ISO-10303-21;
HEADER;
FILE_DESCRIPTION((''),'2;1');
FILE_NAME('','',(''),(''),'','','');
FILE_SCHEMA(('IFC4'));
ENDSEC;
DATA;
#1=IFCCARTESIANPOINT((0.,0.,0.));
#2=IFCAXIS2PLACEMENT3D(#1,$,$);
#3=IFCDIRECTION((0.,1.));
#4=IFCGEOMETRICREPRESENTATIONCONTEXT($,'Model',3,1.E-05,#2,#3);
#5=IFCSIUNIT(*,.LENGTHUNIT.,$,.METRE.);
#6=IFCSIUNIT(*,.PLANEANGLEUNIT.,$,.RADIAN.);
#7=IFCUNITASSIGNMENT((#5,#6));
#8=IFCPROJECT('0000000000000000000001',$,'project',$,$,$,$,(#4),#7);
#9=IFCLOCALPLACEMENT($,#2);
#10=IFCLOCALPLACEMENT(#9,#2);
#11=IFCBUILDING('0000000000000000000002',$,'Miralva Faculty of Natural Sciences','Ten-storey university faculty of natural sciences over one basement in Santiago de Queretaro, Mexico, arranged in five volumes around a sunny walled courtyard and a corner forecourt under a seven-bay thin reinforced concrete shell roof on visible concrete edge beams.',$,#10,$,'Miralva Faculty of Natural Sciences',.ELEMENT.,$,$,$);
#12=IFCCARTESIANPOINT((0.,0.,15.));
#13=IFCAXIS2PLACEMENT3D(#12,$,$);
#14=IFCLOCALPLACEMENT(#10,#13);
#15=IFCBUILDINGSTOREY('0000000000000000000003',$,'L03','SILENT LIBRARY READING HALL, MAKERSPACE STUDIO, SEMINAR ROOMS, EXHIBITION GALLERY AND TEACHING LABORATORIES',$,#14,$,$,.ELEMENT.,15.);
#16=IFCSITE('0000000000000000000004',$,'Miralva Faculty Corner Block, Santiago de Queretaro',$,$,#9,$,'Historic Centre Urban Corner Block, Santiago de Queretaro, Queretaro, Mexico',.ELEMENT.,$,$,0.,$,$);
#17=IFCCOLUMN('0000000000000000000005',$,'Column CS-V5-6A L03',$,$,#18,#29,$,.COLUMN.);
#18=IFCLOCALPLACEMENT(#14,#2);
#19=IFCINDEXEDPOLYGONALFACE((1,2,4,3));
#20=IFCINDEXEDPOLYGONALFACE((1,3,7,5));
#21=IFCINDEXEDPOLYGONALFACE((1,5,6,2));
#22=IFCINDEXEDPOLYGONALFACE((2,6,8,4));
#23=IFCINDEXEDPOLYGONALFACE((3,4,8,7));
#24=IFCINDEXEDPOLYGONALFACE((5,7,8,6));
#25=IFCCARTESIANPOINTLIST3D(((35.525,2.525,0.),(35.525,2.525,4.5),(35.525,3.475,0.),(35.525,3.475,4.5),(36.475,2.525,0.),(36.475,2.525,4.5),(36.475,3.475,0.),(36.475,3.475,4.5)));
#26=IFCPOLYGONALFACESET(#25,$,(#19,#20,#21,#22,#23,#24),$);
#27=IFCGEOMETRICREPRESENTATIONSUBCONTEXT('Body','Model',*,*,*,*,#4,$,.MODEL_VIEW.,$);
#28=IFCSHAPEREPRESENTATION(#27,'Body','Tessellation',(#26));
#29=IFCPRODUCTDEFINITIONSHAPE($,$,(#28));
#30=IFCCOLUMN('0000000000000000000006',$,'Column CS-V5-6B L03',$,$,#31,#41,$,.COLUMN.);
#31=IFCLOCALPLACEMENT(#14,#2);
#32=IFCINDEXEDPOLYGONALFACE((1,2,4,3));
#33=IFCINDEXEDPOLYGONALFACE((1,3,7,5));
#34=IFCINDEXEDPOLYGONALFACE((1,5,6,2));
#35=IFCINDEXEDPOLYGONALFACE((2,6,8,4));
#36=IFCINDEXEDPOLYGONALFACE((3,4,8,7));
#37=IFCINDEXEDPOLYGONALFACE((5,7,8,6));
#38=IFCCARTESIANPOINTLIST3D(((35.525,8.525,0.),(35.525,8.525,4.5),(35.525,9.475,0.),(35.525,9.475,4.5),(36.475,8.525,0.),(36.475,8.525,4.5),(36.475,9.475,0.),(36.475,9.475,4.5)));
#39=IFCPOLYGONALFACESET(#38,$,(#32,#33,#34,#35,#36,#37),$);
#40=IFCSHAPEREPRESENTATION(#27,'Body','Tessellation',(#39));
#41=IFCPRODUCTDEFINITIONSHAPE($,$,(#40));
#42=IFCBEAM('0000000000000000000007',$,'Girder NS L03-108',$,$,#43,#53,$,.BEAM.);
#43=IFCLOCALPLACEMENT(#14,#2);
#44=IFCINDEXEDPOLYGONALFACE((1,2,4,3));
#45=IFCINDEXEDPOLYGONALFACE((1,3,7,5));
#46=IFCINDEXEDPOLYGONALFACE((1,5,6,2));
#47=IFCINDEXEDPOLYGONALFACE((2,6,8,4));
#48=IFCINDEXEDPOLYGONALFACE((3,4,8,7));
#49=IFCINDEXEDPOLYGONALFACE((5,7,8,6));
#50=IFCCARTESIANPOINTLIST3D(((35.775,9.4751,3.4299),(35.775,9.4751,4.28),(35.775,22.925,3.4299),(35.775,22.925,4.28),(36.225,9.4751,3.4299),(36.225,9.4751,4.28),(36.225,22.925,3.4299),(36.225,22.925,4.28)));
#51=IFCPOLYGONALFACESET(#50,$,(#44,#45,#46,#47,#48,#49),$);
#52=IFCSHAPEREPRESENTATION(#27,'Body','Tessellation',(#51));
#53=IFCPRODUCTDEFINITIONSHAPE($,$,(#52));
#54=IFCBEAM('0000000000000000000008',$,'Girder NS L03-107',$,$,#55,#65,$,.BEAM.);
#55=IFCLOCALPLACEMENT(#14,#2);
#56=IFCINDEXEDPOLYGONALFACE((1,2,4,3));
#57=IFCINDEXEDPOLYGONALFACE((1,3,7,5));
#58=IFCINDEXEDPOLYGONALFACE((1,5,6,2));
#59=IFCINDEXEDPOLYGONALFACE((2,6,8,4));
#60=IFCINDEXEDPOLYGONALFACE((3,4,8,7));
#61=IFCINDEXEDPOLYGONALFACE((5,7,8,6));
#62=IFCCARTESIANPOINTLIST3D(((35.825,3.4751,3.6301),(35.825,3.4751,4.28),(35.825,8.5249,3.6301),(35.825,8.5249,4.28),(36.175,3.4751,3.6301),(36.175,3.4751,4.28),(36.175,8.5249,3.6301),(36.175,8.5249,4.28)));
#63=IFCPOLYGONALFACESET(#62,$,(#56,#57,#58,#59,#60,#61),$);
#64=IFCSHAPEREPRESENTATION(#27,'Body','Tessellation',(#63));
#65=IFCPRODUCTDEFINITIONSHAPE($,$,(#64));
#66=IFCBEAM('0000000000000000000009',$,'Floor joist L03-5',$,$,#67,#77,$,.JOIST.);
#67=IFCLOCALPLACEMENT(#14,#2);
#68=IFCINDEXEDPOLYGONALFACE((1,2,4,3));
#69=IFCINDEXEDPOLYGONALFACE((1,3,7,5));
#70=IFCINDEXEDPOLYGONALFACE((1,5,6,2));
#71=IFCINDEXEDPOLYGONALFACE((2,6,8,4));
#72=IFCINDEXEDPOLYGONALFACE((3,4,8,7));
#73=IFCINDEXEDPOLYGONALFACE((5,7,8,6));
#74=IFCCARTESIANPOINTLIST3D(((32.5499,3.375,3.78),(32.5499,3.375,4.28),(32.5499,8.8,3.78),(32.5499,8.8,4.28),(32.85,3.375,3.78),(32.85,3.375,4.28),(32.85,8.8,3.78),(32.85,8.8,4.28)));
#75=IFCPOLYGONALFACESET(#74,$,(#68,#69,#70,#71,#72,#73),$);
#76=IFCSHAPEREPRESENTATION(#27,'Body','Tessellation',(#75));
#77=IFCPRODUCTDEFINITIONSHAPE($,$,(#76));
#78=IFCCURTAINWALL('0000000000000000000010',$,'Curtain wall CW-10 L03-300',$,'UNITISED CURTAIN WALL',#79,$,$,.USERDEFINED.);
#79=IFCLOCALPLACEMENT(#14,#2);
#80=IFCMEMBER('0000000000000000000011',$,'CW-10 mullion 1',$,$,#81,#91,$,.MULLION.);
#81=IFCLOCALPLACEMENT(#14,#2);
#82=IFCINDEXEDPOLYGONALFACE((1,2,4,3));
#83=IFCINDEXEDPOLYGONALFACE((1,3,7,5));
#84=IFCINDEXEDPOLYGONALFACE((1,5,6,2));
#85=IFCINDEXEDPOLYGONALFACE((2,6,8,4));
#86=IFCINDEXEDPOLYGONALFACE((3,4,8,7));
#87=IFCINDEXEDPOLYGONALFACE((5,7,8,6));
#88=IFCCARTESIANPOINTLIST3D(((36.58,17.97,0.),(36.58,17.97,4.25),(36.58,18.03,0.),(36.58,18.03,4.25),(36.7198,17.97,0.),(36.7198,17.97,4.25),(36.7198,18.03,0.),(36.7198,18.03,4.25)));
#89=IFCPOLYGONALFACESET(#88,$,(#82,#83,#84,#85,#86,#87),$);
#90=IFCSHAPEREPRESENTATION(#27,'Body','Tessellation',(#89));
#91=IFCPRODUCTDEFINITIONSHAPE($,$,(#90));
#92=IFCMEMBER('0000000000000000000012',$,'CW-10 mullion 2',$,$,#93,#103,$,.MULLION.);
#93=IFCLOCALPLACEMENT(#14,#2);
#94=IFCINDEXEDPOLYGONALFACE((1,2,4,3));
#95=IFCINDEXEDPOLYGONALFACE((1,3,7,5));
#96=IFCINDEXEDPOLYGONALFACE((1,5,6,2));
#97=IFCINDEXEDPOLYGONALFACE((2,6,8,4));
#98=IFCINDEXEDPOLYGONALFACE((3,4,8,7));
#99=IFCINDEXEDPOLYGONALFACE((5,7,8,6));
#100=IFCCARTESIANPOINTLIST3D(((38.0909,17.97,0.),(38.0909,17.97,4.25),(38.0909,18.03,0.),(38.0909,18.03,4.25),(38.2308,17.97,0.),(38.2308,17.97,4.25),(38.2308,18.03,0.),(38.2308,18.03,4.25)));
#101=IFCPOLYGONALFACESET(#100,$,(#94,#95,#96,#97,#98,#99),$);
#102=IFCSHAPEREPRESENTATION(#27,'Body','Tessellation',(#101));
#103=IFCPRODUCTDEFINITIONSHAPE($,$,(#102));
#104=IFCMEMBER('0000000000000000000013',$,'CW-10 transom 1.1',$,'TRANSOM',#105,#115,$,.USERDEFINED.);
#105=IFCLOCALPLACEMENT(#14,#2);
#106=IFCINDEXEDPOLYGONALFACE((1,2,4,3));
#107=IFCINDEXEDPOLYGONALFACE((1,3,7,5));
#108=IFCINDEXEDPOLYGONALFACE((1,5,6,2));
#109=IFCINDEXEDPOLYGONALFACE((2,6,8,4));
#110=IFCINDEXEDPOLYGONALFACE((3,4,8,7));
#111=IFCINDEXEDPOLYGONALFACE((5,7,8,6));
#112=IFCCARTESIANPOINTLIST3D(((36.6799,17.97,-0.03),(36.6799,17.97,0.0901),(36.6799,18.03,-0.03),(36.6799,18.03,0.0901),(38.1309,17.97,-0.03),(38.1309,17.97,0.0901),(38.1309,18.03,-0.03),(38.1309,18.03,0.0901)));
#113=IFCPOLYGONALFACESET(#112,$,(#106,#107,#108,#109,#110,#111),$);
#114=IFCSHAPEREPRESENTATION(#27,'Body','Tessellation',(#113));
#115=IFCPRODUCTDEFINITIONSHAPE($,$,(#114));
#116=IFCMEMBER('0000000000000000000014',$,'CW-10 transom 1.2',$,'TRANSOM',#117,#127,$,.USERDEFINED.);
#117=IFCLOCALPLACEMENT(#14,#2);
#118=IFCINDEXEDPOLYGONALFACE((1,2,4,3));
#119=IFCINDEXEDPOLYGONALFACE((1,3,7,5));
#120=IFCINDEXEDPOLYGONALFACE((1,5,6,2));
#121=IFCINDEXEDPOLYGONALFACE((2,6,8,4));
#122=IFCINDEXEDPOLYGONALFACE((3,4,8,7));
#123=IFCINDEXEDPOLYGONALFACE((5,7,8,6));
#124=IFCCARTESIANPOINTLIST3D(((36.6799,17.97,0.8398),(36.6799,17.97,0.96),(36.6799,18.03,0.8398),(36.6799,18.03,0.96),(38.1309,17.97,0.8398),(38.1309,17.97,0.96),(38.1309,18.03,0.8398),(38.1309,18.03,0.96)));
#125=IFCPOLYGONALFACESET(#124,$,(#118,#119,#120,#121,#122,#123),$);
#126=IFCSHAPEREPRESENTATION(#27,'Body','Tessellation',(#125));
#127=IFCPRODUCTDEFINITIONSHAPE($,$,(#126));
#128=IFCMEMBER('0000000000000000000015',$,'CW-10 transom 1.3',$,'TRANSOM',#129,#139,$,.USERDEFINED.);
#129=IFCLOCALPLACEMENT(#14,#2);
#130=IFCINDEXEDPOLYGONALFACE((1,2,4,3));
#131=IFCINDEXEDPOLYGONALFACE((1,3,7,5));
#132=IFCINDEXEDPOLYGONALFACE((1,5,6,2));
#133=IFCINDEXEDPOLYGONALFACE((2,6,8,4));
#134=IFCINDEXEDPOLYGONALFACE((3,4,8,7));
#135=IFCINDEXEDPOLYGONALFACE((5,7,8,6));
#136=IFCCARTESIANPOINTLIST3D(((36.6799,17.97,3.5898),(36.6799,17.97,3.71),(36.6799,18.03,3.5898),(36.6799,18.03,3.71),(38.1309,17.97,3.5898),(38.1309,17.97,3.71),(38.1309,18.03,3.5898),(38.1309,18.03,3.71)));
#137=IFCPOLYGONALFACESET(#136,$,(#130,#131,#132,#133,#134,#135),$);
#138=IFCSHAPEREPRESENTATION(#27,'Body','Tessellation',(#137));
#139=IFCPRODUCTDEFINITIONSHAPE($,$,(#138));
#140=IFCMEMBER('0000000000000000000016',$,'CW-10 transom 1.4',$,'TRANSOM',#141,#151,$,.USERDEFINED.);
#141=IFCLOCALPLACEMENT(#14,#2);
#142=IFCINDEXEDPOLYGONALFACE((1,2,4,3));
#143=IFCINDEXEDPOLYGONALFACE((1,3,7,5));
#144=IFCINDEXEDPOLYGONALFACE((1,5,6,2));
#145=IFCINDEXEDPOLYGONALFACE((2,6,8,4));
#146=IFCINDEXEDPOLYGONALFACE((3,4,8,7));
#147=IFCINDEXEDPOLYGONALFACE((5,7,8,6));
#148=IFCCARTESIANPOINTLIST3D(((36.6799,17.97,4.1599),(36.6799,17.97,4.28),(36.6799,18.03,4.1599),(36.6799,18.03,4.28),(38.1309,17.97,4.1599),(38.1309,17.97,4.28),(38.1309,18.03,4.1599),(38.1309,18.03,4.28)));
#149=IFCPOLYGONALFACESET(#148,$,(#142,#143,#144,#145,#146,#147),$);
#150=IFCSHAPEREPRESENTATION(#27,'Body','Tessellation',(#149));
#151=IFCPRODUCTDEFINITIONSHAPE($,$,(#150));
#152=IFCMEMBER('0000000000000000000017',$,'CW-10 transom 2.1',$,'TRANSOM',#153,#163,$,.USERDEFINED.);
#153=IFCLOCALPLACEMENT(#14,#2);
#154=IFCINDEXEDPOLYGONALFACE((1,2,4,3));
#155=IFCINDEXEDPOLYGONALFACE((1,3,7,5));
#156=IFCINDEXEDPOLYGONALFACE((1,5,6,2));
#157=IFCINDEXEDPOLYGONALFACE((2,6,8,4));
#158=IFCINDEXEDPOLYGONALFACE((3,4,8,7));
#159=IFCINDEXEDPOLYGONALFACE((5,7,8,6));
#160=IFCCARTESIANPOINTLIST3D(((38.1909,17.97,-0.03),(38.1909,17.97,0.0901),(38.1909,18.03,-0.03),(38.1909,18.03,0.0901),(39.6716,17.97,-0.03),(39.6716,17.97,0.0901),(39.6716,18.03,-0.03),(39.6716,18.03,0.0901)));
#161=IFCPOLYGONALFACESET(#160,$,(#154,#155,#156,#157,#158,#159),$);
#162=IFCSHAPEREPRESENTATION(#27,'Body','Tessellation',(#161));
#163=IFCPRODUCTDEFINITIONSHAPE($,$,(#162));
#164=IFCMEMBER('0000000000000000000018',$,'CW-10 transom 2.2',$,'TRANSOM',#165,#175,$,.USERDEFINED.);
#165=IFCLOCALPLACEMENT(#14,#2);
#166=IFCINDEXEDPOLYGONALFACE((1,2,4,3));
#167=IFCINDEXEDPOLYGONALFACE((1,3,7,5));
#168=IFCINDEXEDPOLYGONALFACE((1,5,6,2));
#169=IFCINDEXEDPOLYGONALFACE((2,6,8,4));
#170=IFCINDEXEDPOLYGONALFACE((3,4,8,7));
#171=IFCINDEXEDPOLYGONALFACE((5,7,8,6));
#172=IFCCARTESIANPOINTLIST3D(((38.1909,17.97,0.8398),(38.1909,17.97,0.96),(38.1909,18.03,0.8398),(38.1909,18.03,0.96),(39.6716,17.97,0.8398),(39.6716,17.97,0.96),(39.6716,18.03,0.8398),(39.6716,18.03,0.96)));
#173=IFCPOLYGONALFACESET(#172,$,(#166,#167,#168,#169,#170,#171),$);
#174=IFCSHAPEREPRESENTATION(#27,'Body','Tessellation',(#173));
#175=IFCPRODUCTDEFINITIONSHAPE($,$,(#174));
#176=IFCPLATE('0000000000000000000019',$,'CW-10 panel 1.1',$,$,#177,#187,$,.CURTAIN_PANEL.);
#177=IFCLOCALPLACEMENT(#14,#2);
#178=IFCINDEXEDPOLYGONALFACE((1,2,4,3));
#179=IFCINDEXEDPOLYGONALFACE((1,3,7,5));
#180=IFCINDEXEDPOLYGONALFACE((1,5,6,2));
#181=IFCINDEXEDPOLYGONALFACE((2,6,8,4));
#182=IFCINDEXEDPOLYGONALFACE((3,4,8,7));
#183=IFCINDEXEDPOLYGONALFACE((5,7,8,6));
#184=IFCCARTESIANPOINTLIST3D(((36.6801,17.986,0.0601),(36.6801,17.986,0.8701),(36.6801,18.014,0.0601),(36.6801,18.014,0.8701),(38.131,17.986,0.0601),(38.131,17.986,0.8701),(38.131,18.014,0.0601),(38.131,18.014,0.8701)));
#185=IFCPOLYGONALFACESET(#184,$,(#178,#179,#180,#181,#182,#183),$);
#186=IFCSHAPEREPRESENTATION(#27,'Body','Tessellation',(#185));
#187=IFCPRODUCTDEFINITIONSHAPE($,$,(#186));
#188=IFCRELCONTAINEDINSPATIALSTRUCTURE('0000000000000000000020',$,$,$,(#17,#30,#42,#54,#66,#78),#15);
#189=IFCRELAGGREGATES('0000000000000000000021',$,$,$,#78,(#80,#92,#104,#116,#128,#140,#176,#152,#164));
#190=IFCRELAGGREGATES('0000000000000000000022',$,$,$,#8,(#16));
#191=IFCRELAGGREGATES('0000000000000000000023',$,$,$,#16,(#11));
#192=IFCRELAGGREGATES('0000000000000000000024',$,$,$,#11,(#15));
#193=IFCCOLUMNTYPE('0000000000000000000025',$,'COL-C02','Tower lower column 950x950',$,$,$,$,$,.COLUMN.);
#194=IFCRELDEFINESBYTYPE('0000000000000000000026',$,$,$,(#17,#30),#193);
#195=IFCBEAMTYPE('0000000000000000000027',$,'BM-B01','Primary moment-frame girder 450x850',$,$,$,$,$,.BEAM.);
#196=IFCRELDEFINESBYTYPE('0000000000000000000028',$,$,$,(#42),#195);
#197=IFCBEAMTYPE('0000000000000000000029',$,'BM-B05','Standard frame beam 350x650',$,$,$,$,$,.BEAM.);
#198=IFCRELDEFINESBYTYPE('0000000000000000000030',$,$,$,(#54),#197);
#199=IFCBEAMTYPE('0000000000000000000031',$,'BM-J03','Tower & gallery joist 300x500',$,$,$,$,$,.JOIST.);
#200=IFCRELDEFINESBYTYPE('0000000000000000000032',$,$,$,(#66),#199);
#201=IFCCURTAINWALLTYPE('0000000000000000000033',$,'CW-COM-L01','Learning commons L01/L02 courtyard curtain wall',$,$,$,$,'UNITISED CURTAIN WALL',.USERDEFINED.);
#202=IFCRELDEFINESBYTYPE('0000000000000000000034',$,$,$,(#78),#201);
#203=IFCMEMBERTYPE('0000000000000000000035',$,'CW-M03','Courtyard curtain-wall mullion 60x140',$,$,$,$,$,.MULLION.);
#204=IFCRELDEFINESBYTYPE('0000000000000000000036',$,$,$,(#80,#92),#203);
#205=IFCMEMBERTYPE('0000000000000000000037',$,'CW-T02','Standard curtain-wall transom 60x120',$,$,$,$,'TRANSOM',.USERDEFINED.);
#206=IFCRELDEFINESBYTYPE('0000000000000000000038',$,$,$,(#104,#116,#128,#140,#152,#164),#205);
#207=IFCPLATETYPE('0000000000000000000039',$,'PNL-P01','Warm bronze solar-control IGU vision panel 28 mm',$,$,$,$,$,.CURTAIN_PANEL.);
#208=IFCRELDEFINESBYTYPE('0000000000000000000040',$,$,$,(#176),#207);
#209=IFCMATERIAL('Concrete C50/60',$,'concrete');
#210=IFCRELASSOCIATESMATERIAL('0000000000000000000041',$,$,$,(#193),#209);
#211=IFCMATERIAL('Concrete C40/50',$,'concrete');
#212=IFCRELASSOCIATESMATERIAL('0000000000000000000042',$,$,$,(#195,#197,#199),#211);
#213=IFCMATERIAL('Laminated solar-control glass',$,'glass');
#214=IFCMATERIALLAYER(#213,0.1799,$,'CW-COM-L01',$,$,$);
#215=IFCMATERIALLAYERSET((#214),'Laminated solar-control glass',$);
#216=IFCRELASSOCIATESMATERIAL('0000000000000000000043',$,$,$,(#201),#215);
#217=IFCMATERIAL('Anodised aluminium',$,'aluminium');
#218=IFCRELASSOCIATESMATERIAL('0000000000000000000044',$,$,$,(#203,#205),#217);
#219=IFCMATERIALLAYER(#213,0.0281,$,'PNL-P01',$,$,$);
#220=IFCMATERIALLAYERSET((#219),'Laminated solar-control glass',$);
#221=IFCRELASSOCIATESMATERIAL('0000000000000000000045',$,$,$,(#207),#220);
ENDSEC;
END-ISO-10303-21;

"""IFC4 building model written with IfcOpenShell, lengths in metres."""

from ifc_helpers import new_model, si_unit, direction, frame, origin, origin_2d, place, context, subcontext, project, spatial, rectangle, extrude, material, layer, layer_set, material_profile, profile_set, type_object, element, aggregate, save


model = new_model("IFC4")

# Units and contexts
model_context = context("Model", 3, precision=1e-05, world=origin(), true_north=direction((0.0, 1.0)))
body_context = subcontext(model_context, "Body", "Model", "MODEL_VIEW")
ifc_project = project(units=[si_unit("LENGTHUNIT", "METRE"), si_unit("PLANEANGLEUNIT", "RADIAN")], contexts=[model_context])

# Site, building, storey
site_placement = place(None, origin())
site = spatial("IfcSite", under=ifc_project, at=site_placement, Name="Miralva Faculty Corner Block, Santiago de Queretaro", LongName="Historic Centre Urban Corner Block, Santiago de Queretaro, Queretaro, Mexico", CompositionType="ELEMENT", RefElevation=0.0)
building_placement = place(site_placement, origin())
building = spatial("IfcBuilding", under=site, at=building_placement, Name="Miralva Faculty of Natural Sciences", Description="Ten-storey university faculty of natural sciences over one basement in Santiago de Queretaro, Mexico, arranged in five volumes around a sunny walled courtyard and a corner forecourt under a seven-bay thin reinforced concrete shell roof on visible concrete edge beams.", LongName="Miralva Faculty of Natural Sciences", CompositionType="ELEMENT")
storey_placement = place(building_placement, frame((0.0, 0.0, 15.0)))
storey = spatial("IfcBuildingStorey", under=building, at=storey_placement, Name="L03", Description="SILENT LIBRARY READING HALL, MAKERSPACE STUDIO, SEMINAR ROOMS, EXHIBITION GALLERY AND TEACHING LABORATORIES", CompositionType="ELEMENT", Elevation=15.0)

# Columns
ifc_material_1 = material(Name="Concrete C50/60", Category="concrete")
ifc_material_profile_1 = material_profile(ifc_material_1, rectangle(XDim=0.95, YDim=0.95, at=origin_2d()), Name="RC 950x950")
ifc_profile_set_1 = profile_set([ifc_material_profile_1], Name="Concrete C50/60")
column_type = type_object("IfcColumnType", Name="COL-C02", Description="Tower lower column 950x950", PredefinedType="COLUMN", material=ifc_profile_set_1)
for number, where, z_axis, x_axis, name in (
    (1, (36.0, 3.0, 0.0), (0.0, 0.0, 1.0), (1.0, 0.0, 0.0), "Column CS-V5-6A L03"),
    (2, (36.0, 9.0, 0.0), (0.0, 0.0, 1.0), (1.0, 0.0, 0.0), "Column CS-V5-6B L03"),
):
    element("IfcColumn", number, at=place(storey_placement, frame(where, z_axis=z_axis, x_axis=x_axis)), inside=storey, type_object=column_type, Name=name, PredefinedType="COLUMN", context=body_context, shape_type="SweptSolid", body=[
        extrude(rectangle(XDim=0.95, YDim=0.95, at=origin_2d()), origin(), (0.0, 0.0, 1.0), 4.5),
    ])

# Beams
ifc_material_2 = material(Name="Concrete C40/50", Category="concrete")
ifc_material_profile_2 = material_profile(ifc_material_2, rectangle(XDim=0.45, YDim=0.8501, at=origin_2d()), Name="RC 450x850")
ifc_profile_set_2 = profile_set([ifc_material_profile_2], Name="Concrete C40/50")
beam_type_1 = type_object("IfcBeamType", Name="BM-B01", Description="Primary moment-frame girder 450x850", PredefinedType="BEAM", material=ifc_profile_set_2)
beam_1_placement = place(storey_placement, frame((36.0, 9.4751, 3.855), z_axis=(0.0, 1.0, 0.0), x_axis=(-1.0, 0.0, 0.0)))
element("IfcBeam", 3, at=beam_1_placement, inside=storey, type_object=beam_type_1, Name="Girder NS L03-108", PredefinedType="BEAM", context=body_context, shape_type="SweptSolid", body=[
    extrude(rectangle(XDim=0.45, YDim=0.8501, at=origin_2d()), origin(), (0.0, 0.0, 1.0), 13.45),
])
ifc_material_profile_3 = material_profile(ifc_material_2, rectangle(XDim=0.3501, YDim=0.6499, at=origin_2d()), Name="RC 350x650")
ifc_profile_set_3 = profile_set([ifc_material_profile_3], Name="Concrete C40/50")
beam_type_2 = type_object("IfcBeamType", Name="BM-B05", Description="Standard frame beam 350x650", PredefinedType="BEAM", material=ifc_profile_set_3)
beam_2_placement = place(storey_placement, frame((36.0, 3.4751, 3.9551), z_axis=(0.0, 1.0, 0.0), x_axis=(-1.0, 0.0, 0.0)))
element("IfcBeam", 4, at=beam_2_placement, inside=storey, type_object=beam_type_2, Name="Girder NS L03-107", PredefinedType="BEAM", context=body_context, shape_type="SweptSolid", body=[
    extrude(rectangle(XDim=0.3501, YDim=0.6499, at=origin_2d()), origin(), (0.0, 0.0, 1.0), 5.0498),
])
ifc_material_profile_4 = material_profile(ifc_material_2, rectangle(XDim=0.3, YDim=0.5, at=origin_2d()), Name="RC 300x500")
ifc_profile_set_4 = profile_set([ifc_material_profile_4], Name="Concrete C40/50")
beam_type_3 = type_object("IfcBeamType", Name="BM-J03", Description="Tower & gallery joist 300x500", PredefinedType="JOIST", material=ifc_profile_set_4)
beam_3_placement = place(storey_placement, frame((32.7, 3.375, 4.03), z_axis=(0.0, 1.0, 0.0), x_axis=(-1.0, 0.0, 0.0)))
element("IfcBeam", 5, at=beam_3_placement, inside=storey, type_object=beam_type_3, Name="Floor joist L03-5", PredefinedType="JOIST", context=body_context, shape_type="SweptSolid", body=[
    extrude(rectangle(XDim=0.3, YDim=0.5, at=origin_2d()), origin(), (0.0, 0.0, 1.0), 5.425),
])

# Curtain wall, members, plate
ifc_material_3 = material(Name="Laminated solar-control glass", Category="glass")
ifc_layer_1 = layer(ifc_material_3, 0.1799, Name="CW-COM-L01")
ifc_layer_set_1 = layer_set([ifc_layer_1], Name="Laminated solar-control glass")
curtain_wall_type = type_object("IfcCurtainWallType", Name="CW-COM-L01", Description="Learning commons L01/L02 courtyard curtain wall", ElementType="UNITISED CURTAIN WALL", PredefinedType="USERDEFINED", material=ifc_layer_set_1)
curtain_wall_placement = place(storey_placement, origin())
curtain_wall = element("IfcCurtainWall", 6, at=curtain_wall_placement, inside=storey, type_object=curtain_wall_type, Name="Curtain wall CW-10 L03-300", ObjectType="UNITISED CURTAIN WALL", PredefinedType="USERDEFINED")
ifc_material_4 = material(Name="Anodised aluminium", Category="aluminium")
ifc_material_profile_5 = material_profile(ifc_material_4, rectangle(XDim=0.0601, YDim=0.1399, at=origin_2d()), Name="MULLION 60x140")
ifc_profile_set_5 = profile_set([ifc_material_profile_5], Name="Anodised aluminium")
member_type_1 = type_object("IfcMemberType", Name="CW-M03", Description="Courtyard curtain-wall mullion 60x140", PredefinedType="MULLION", material=ifc_profile_set_5)
member_1_placement = place(storey_placement, frame((36.6499, 18.0, 0.0), z_axis=(0.0, 0.0, 1.0), x_axis=(0.0, 1.0, 0.0)))
member_1 = element("IfcMember", 7, at=member_1_placement, type_object=member_type_1, Name="CW-10 mullion 1", PredefinedType="MULLION", context=body_context, shape_type="SweptSolid", body=[
    extrude(rectangle(XDim=0.0601, YDim=0.1399, at=origin_2d()), origin(), (0.0, 0.0, 1.0), 4.25),
])
member_2_placement = place(storey_placement, frame((38.1609, 18.0, 0.0), z_axis=(0.0, 0.0, 1.0), x_axis=(0.0, 1.0, 0.0)))
member_2 = element("IfcMember", 8, at=member_2_placement, type_object=member_type_1, Name="CW-10 mullion 2", PredefinedType="MULLION", context=body_context, shape_type="SweptSolid", body=[
    extrude(rectangle(XDim=0.0601, YDim=0.1399, at=origin_2d()), origin(), (0.0, 0.0, 1.0), 4.25),
])
ifc_material_profile_6 = material_profile(ifc_material_4, rectangle(XDim=0.0601, YDim=0.1201, at=origin_2d()), Name="TRANSOM 60x120")
ifc_profile_set_6 = profile_set([ifc_material_profile_6], Name="Anodised aluminium")
member_type_2 = type_object("IfcMemberType", Name="CW-T02", Description="Standard curtain-wall transom 60x120", ElementType="TRANSOM", PredefinedType="USERDEFINED", material=ifc_profile_set_6)
member_3_placement = place(storey_placement, frame((36.6799, 18.0, 0.03), z_axis=(1.0, 0.0, 0.0), x_axis=(0.0, 1.0, 0.0)))
member_3 = element("IfcMember", 9, at=member_3_placement, type_object=member_type_2, Name="CW-10 transom 1.1", ObjectType="TRANSOM", PredefinedType="USERDEFINED", context=body_context, shape_type="SweptSolid", body=[
    extrude(rectangle(XDim=0.0601, YDim=0.1201, at=origin_2d()), origin(), (0.0, 0.0, 1.0), 1.4509),
])
member_4_placement = place(storey_placement, frame((36.6799, 18.0, 0.8999), z_axis=(1.0, 0.0, 0.0), x_axis=(0.0, 1.0, 0.0)))
member_4 = element("IfcMember", 10, at=member_4_placement, type_object=member_type_2, Name="CW-10 transom 1.2", ObjectType="TRANSOM", PredefinedType="USERDEFINED", context=body_context, shape_type="SweptSolid", body=[
    extrude(rectangle(XDim=0.0601, YDim=0.1201, at=origin_2d()), origin(), (0.0, 0.0, 1.0), 1.4509),
])
member_5_placement = place(storey_placement, frame((36.6799, 18.0, 3.6499), z_axis=(1.0, 0.0, 0.0), x_axis=(0.0, 1.0, 0.0)))
member_5 = element("IfcMember", 11, at=member_5_placement, type_object=member_type_2, Name="CW-10 transom 1.3", ObjectType="TRANSOM", PredefinedType="USERDEFINED", context=body_context, shape_type="SweptSolid", body=[
    extrude(rectangle(XDim=0.0601, YDim=0.1201, at=origin_2d()), origin(), (0.0, 0.0, 1.0), 1.4509),
])
member_6_placement = place(storey_placement, frame((36.6799, 18.0, 4.22), z_axis=(1.0, 0.0, 0.0), x_axis=(0.0, 1.0, 0.0)))
member_6 = element("IfcMember", 12, at=member_6_placement, type_object=member_type_2, Name="CW-10 transom 1.4", ObjectType="TRANSOM", PredefinedType="USERDEFINED", context=body_context, shape_type="SweptSolid", body=[
    extrude(rectangle(XDim=0.0601, YDim=0.1201, at=origin_2d()), origin(), (0.0, 0.0, 1.0), 1.4509),
])
member_7_placement = place(storey_placement, frame((38.1909, 18.0, 0.03), z_axis=(1.0, 0.0, 0.0), x_axis=(0.0, 1.0, 0.0)))
member_7 = element("IfcMember", 13, at=member_7_placement, type_object=member_type_2, Name="CW-10 transom 2.1", ObjectType="TRANSOM", PredefinedType="USERDEFINED", context=body_context, shape_type="SweptSolid", body=[
    extrude(rectangle(XDim=0.0601, YDim=0.1201, at=origin_2d()), origin(), (0.0, 0.0, 1.0), 1.4807),
])
member_8_placement = place(storey_placement, frame((38.1909, 18.0, 0.8999), z_axis=(1.0, 0.0, 0.0), x_axis=(0.0, 1.0, 0.0)))
member_8 = element("IfcMember", 14, at=member_8_placement, type_object=member_type_2, Name="CW-10 transom 2.2", ObjectType="TRANSOM", PredefinedType="USERDEFINED", context=body_context, shape_type="SweptSolid", body=[
    extrude(rectangle(XDim=0.0601, YDim=0.1201, at=origin_2d()), origin(), (0.0, 0.0, 1.0), 1.4807),
])
ifc_layer_2 = layer(ifc_material_3, 0.0281, Name="PNL-P01")
ifc_layer_set_2 = layer_set([ifc_layer_2], Name="Laminated solar-control glass")
plate_type = type_object("IfcPlateType", Name="PNL-P01", Description="Warm bronze solar-control IGU vision panel 28 mm", PredefinedType="CURTAIN_PANEL", material=ifc_layer_set_2)
plate_1_placement = place(storey_placement, frame((37.4055, 18.0, 0.0601), z_axis=(0.0, 0.0, 1.0), x_axis=(1.0, 0.0, 0.0)))
plate_1 = element("IfcPlate", 15, at=plate_1_placement, type_object=plate_type, Name="CW-10 panel 1.1", PredefinedType="CURTAIN_PANEL", context=body_context, shape_type="SweptSolid", body=[
    extrude(rectangle(XDim=1.4509, YDim=0.0281, at=origin_2d()), origin(), (0.0, 0.0, 1.0), 0.8101),
])
aggregate(curtain_wall, [member_1, member_2, member_3, member_4, member_5, member_6, plate_1, member_7, member_8])

save(model, "model.ifc")
